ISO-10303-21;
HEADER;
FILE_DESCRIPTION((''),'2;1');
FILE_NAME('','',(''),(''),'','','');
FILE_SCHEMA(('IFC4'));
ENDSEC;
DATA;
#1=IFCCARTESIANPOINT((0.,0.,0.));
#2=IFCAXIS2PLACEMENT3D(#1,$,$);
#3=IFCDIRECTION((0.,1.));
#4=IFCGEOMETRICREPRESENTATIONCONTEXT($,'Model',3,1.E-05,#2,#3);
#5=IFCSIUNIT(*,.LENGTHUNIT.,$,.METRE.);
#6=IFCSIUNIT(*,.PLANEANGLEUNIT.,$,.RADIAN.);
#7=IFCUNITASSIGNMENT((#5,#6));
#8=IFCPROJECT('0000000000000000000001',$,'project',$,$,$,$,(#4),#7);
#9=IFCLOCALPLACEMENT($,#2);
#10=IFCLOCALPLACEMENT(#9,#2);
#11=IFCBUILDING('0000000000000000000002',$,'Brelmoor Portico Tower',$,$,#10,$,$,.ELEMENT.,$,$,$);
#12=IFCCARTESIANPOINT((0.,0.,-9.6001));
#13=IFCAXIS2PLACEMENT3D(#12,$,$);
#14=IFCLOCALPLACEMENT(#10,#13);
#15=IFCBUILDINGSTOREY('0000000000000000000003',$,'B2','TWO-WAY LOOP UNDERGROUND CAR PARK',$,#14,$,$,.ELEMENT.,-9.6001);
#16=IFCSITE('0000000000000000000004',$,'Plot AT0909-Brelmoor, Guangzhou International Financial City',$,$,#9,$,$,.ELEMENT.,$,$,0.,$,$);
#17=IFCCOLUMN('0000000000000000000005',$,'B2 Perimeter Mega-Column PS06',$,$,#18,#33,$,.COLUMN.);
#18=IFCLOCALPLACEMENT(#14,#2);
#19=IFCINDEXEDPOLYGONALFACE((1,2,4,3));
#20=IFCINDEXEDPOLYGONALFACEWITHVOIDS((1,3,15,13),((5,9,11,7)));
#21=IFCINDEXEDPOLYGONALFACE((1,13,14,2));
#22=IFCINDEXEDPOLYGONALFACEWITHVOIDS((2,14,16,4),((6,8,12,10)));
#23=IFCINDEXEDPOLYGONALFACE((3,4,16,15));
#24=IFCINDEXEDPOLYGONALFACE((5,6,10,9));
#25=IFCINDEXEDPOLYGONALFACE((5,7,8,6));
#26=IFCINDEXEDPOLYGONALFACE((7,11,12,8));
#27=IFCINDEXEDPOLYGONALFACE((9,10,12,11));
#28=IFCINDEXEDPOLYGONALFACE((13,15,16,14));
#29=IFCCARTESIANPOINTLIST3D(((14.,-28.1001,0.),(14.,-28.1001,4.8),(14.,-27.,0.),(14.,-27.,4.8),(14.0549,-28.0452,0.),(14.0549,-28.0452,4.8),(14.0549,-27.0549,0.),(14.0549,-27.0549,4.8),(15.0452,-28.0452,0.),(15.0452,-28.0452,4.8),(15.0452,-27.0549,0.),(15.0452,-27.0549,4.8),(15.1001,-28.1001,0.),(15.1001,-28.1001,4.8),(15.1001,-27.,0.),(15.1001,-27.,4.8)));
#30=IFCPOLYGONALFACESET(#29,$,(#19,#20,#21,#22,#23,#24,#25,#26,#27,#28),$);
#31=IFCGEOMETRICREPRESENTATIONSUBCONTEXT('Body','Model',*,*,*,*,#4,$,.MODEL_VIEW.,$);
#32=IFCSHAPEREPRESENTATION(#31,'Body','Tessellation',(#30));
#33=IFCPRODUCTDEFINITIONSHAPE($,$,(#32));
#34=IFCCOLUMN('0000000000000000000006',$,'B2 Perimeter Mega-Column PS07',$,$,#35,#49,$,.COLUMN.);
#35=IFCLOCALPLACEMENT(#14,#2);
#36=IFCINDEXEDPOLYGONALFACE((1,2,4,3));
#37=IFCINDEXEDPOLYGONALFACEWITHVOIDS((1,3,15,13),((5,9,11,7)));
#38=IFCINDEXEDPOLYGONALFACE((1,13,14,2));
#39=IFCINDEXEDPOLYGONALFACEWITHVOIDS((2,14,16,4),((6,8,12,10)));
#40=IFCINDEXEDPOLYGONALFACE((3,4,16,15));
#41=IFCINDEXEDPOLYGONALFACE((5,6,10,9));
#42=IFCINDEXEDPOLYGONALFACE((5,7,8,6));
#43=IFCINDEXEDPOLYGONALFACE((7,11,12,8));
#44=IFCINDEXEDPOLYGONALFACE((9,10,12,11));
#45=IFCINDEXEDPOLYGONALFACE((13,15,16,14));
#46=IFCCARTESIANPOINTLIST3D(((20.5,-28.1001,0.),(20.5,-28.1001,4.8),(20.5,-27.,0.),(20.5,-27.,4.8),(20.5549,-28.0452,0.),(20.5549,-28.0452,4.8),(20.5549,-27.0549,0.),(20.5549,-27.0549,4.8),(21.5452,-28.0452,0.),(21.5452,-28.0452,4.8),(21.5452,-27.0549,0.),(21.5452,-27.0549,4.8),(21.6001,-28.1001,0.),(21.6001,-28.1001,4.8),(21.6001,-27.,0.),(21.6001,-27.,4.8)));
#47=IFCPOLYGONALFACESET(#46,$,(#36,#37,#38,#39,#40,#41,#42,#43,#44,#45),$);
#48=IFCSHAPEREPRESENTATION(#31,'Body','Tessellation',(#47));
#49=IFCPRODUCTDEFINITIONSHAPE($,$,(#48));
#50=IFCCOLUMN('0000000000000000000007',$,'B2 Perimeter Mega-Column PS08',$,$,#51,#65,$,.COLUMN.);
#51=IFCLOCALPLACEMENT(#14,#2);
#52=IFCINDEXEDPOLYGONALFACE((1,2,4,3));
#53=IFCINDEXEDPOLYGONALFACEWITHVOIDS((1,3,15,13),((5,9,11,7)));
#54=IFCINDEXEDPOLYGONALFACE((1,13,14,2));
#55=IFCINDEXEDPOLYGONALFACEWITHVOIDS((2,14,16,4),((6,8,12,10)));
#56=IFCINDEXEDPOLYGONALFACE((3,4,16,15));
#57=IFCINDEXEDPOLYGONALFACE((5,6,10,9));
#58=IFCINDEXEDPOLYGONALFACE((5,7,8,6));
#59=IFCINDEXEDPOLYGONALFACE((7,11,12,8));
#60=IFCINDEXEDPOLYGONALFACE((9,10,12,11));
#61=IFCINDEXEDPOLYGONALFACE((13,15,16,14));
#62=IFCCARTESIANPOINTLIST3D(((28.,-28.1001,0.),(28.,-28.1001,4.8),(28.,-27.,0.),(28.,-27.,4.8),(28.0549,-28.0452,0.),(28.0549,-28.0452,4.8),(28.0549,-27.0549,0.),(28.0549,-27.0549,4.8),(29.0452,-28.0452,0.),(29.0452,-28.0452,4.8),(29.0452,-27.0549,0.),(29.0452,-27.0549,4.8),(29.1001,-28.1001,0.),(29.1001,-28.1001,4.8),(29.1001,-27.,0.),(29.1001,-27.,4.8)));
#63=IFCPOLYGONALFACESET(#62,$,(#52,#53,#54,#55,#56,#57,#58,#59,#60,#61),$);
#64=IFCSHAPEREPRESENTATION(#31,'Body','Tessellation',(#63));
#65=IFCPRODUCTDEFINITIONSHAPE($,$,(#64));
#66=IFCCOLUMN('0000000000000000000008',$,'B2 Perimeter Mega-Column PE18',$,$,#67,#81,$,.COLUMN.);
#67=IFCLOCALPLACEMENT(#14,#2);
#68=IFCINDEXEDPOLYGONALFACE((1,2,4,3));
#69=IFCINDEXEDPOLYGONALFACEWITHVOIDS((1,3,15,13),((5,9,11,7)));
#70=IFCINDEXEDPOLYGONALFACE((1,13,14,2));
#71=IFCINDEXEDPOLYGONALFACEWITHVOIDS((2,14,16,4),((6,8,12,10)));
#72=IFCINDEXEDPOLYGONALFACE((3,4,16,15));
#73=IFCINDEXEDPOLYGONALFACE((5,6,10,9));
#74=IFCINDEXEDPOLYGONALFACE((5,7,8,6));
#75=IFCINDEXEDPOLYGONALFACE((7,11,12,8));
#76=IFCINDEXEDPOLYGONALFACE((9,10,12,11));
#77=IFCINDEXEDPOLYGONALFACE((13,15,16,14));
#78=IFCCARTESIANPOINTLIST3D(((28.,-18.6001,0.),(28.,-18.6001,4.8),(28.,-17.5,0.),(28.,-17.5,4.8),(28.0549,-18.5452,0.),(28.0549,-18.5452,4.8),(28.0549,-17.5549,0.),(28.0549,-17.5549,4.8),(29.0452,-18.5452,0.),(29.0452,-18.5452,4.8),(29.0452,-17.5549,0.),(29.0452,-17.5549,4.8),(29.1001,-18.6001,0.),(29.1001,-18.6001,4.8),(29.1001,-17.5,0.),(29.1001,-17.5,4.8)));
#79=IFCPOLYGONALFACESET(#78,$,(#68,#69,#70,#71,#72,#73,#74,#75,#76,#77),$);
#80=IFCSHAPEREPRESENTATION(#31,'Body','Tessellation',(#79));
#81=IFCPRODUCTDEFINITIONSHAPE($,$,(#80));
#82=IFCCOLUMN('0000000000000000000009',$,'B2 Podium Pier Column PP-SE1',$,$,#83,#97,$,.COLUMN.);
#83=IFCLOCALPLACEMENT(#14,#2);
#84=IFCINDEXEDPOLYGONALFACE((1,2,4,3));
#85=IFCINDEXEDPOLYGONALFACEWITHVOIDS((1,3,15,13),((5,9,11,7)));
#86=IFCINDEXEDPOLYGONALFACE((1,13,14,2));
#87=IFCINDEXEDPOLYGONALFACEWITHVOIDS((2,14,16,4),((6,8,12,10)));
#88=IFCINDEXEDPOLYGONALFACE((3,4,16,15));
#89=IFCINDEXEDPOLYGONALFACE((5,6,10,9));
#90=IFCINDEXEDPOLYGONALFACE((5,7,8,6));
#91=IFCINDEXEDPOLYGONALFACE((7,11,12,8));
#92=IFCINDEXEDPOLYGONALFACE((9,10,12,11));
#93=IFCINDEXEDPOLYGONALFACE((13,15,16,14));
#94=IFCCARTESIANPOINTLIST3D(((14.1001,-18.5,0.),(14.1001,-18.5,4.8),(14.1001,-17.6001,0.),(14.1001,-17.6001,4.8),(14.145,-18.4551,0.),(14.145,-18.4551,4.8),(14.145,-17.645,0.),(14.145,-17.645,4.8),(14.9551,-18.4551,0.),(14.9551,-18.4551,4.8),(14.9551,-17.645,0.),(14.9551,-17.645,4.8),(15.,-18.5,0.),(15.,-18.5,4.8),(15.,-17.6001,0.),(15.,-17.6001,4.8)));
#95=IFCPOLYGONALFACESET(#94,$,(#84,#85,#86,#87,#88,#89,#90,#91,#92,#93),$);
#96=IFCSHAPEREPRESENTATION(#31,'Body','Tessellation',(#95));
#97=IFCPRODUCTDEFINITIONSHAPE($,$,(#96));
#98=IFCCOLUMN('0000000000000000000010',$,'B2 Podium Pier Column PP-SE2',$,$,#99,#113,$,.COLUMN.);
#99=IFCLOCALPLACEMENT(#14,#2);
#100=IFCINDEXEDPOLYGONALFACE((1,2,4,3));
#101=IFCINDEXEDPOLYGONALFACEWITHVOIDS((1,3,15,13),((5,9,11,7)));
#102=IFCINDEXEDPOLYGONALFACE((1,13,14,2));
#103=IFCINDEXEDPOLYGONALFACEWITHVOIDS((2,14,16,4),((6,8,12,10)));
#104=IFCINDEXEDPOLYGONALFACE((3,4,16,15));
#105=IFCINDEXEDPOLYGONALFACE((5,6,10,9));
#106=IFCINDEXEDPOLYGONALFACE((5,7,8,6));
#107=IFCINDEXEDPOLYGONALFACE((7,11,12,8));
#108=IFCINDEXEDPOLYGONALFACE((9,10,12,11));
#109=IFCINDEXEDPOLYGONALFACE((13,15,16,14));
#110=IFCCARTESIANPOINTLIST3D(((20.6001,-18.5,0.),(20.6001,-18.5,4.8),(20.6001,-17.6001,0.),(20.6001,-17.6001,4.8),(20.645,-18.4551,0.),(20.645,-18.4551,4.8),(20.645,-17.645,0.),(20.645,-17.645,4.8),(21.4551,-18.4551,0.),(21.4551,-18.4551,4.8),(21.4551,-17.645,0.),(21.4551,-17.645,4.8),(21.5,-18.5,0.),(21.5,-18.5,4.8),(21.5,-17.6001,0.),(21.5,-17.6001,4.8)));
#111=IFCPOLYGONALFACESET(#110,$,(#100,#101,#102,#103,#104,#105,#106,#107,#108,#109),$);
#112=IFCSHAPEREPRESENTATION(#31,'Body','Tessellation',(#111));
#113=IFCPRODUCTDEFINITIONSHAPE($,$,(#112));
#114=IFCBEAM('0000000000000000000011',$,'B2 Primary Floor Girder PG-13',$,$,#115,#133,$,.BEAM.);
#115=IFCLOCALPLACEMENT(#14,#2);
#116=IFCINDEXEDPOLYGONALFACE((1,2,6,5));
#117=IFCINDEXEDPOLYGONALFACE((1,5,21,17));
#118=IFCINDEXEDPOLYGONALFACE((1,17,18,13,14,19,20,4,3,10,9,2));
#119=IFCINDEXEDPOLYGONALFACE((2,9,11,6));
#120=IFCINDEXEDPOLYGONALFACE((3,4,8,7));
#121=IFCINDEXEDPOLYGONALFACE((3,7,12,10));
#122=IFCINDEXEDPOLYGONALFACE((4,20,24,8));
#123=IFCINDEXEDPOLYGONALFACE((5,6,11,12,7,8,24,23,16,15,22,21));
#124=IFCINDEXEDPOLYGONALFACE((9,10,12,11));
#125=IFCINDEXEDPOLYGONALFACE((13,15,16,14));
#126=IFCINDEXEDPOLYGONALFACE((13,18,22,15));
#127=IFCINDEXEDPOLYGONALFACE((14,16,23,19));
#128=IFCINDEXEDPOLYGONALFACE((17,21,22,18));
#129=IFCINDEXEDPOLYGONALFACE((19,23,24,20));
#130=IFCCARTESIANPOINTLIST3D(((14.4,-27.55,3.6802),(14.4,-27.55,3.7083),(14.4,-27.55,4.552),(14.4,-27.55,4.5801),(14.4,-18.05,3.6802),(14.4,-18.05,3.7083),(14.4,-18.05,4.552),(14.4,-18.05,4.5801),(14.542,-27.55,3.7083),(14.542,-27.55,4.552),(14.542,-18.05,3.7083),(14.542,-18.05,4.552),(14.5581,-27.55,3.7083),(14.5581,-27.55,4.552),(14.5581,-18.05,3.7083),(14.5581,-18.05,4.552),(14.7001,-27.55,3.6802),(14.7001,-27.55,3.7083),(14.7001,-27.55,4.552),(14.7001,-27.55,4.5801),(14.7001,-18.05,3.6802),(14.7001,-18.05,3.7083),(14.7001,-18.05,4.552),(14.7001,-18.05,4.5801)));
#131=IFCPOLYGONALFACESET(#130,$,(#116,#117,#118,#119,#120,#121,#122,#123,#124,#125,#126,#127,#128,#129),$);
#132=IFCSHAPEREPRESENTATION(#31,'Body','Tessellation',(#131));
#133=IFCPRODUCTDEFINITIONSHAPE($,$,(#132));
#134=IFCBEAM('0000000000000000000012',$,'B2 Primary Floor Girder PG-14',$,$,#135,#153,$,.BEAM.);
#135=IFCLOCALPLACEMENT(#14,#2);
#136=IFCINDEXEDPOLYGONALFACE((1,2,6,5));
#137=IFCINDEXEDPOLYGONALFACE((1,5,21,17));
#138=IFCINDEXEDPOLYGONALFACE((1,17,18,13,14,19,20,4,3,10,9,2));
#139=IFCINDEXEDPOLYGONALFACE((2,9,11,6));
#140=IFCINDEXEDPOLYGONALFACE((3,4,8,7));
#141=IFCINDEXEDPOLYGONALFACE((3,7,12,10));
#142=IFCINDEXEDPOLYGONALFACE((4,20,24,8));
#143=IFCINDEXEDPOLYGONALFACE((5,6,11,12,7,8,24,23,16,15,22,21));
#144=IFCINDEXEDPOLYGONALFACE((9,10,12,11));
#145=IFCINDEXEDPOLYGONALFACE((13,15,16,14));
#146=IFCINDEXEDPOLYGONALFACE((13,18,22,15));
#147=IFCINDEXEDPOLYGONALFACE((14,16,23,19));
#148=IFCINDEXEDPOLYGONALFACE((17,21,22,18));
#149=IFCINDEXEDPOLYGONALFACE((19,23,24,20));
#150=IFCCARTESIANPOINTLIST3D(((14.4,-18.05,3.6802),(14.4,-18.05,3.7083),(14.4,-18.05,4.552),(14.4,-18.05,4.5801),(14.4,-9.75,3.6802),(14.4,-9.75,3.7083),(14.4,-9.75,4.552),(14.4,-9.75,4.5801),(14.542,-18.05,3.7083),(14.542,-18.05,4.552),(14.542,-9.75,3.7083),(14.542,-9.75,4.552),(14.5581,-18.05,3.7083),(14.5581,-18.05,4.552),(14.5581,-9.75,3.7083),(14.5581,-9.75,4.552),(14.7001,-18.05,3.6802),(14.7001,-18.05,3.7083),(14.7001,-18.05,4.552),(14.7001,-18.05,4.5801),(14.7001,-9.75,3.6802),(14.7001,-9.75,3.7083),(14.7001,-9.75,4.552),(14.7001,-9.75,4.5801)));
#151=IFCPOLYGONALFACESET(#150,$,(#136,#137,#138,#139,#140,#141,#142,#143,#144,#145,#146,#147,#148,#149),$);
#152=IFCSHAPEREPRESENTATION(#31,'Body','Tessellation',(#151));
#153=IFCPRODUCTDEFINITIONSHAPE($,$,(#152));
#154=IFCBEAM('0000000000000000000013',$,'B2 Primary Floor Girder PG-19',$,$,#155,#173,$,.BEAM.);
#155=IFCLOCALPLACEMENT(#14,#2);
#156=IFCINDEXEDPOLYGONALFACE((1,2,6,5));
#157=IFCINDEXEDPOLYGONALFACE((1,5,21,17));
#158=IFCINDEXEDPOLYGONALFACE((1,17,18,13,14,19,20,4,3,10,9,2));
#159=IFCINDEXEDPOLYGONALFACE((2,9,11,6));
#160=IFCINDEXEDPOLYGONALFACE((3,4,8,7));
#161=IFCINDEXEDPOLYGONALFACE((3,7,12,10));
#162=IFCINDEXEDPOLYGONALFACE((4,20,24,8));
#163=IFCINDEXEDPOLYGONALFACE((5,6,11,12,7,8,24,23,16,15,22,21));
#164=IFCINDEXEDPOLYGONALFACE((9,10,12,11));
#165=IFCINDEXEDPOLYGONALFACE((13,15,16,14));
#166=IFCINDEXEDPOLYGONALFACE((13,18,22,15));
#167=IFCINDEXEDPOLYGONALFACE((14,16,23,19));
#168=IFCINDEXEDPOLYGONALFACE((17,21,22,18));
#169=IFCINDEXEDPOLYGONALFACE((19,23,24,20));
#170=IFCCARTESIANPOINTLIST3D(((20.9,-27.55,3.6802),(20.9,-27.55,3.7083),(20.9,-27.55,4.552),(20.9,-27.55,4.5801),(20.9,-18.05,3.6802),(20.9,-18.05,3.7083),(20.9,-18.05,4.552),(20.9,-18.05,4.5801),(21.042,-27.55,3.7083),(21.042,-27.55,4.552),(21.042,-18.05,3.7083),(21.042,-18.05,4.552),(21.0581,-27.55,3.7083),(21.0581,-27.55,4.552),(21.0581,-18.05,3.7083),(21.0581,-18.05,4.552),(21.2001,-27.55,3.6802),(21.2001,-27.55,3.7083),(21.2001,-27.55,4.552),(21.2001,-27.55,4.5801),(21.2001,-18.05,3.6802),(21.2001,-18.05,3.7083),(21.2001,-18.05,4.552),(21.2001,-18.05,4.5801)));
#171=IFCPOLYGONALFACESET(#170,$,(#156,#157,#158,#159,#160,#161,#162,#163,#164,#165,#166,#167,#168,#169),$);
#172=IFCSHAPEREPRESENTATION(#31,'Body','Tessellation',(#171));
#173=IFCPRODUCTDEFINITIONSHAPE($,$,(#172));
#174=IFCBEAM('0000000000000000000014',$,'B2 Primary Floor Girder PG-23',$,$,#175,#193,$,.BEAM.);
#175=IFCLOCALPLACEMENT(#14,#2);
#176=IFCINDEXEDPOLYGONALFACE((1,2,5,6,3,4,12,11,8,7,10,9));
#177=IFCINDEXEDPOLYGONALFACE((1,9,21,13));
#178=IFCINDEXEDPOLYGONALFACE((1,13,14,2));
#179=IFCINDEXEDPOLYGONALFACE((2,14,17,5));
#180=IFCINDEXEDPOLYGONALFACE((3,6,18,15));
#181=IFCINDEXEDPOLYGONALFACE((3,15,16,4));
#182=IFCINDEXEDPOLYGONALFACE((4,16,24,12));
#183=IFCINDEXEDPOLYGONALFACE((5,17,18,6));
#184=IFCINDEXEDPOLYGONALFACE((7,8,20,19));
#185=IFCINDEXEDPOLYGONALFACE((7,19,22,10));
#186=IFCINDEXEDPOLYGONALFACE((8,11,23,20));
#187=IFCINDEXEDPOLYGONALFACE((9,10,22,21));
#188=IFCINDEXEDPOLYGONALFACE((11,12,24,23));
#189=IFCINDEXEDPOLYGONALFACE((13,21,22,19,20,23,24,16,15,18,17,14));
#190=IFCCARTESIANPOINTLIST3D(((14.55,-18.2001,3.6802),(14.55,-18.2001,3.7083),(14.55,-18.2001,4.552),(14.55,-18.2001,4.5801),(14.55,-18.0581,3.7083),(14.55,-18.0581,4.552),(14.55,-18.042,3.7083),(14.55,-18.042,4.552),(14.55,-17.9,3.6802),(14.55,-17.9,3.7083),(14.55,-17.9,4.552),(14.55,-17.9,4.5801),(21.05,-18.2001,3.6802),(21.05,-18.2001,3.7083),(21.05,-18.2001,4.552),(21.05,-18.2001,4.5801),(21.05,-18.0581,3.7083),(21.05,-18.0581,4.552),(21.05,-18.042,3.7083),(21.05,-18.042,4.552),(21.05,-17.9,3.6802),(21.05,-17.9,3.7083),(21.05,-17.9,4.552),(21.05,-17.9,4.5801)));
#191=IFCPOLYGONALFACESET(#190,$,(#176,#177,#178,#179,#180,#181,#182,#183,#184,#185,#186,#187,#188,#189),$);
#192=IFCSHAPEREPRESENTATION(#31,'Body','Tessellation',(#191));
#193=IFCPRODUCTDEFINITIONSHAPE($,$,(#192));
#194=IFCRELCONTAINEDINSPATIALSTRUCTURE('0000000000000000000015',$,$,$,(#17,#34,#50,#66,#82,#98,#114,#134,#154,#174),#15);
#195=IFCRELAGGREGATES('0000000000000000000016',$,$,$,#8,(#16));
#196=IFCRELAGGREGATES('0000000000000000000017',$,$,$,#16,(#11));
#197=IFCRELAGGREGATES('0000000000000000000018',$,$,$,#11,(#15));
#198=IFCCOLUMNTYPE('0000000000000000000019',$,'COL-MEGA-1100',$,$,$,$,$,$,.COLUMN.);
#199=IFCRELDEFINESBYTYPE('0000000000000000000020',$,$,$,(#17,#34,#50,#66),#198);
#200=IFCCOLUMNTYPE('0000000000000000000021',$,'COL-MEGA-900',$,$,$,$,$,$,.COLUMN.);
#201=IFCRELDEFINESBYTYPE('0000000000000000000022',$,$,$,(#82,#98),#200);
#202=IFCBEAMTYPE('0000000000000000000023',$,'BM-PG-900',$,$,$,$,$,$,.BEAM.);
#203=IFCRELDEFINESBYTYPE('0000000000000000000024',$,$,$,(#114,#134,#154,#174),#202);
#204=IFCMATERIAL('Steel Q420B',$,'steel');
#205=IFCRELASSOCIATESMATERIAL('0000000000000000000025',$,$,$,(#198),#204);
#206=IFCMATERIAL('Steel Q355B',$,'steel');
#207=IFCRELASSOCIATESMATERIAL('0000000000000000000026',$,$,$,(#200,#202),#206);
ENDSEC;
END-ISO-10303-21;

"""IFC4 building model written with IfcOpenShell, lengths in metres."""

from ifc_helpers import new_model, si_unit, direction, frame, origin, origin_2d, place, context, subcontext, project, spatial, hollow_rectangle, i_section, extrude, material, material_profile, profile_set, type_object, element, save


model = new_model("IFC4")

# Units and contexts
model_context = context("Model", 3, precision=1e-05, world=origin(), true_north=direction((0.0, 1.0)))
body_context = subcontext(model_context, "Body", "Model", "MODEL_VIEW")
ifc_project = project(units=[si_unit("LENGTHUNIT", "METRE"), si_unit("PLANEANGLEUNIT", "RADIAN")], contexts=[model_context])

# Site, building, storey
site_placement = place(None, origin())
site = spatial("IfcSite", under=ifc_project, at=site_placement, Name="Plot AT0909-Brelmoor, Guangzhou International Financial City", CompositionType="ELEMENT", RefElevation=0.0)
building_placement = place(site_placement, origin())
building = spatial("IfcBuilding", under=site, at=building_placement, Name="Brelmoor Portico Tower", CompositionType="ELEMENT")
storey_placement = place(building_placement, frame((0.0, 0.0, -9.6001)))
storey = spatial("IfcBuildingStorey", under=building, at=storey_placement, Name="B2", Description="TWO-WAY LOOP UNDERGROUND CAR PARK", CompositionType="ELEMENT", Elevation=-9.6001)

# Columns
ifc_material_1 = material(Name="Steel Q420B", Category="steel")
ifc_material_profile_1 = material_profile(ifc_material_1, hollow_rectangle(XDim=1.1001, YDim=1.1001, WallThickness=0.0549, at=origin_2d()), Name="BOX 1100x1100x55")
ifc_profile_set_1 = profile_set([ifc_material_profile_1], Name="Steel Q420B")
column_type_1 = type_object("IfcColumnType", Name="COL-MEGA-1100", PredefinedType="COLUMN", material=ifc_profile_set_1)
for number, where, z_axis, x_axis, name in (
    (1, (14.55, -27.55, 0.0), (0.0, 0.0, 1.0), (1.0, 0.0, 0.0), "B2 Perimeter Mega-Column PS06"),
    (2, (21.05, -27.55, 0.0), (0.0, 0.0, 1.0), (1.0, 0.0, 0.0), "B2 Perimeter Mega-Column PS07"),
    (3, (28.55, -27.55, 0.0), (0.0, 0.0, 1.0), (1.0, 0.0, 0.0), "B2 Perimeter Mega-Column PS08"),
    (4, (28.55, -18.05, 0.0), (0.0, 0.0, 1.0), (0.0, 1.0, 0.0), "B2 Perimeter Mega-Column PE18"),
):
    element("IfcColumn", number, at=place(storey_placement, frame(where, z_axis=z_axis, x_axis=x_axis)), inside=storey, type_object=column_type_1, Name=name, PredefinedType="COLUMN", context=body_context, shape_type="SweptSolid", body=[
        extrude(hollow_rectangle(XDim=1.1001, YDim=1.1001, WallThickness=0.0549, at=origin_2d()), origin(), (0.0, 0.0, 1.0), 4.8),
    ])
ifc_material_2 = material(Name="Steel Q355B", Category="steel")
ifc_material_profile_2 = material_profile(ifc_material_2, hollow_rectangle(XDim=0.8999, YDim=0.8999, WallThickness=0.0449, at=origin_2d()), Name="BOX 900x900x45")
ifc_profile_set_2 = profile_set([ifc_material_profile_2], Name="Steel Q355B")
column_type_2 = type_object("IfcColumnType", Name="COL-MEGA-900", PredefinedType="COLUMN", material=ifc_profile_set_2)
for number, where, z_axis, x_axis, name in (
    (5, (14.55, -18.05, 0.0), (0.0, 0.0, 1.0), (1.0, 0.0, 0.0), "B2 Podium Pier Column PP-SE1"),
    (6, (21.05, -18.05, 0.0), (0.0, 0.0, 1.0), (1.0, 0.0, 0.0), "B2 Podium Pier Column PP-SE2"),
):
    element("IfcColumn", number, at=place(storey_placement, frame(where, z_axis=z_axis, x_axis=x_axis)), inside=storey, type_object=column_type_2, Name=name, PredefinedType="COLUMN", context=body_context, shape_type="SweptSolid", body=[
        extrude(hollow_rectangle(XDim=0.8999, YDim=0.8999, WallThickness=0.0449, at=origin_2d()), origin(), (0.0, 0.0, 1.0), 4.8),
    ])

# Beams
ifc_material_profile_3 = material_profile(ifc_material_2, i_section(OverallWidth=0.3, OverallDepth=0.8999, WebThickness=0.0161, FlangeThickness=0.0281, at=origin_2d()), Name="HN 900x300x16x28")
ifc_profile_set_3 = profile_set([ifc_material_profile_3], Name="Steel Q355B")
beam_type = type_object("IfcBeamType", Name="BM-PG-900", PredefinedType="BEAM", material=ifc_profile_set_3)
beam_1_placement = place(storey_placement, frame((14.55, -27.55, 4.1301), z_axis=(0.0, 1.0, 0.0), x_axis=(-1.0, 0.0, 0.0)))
element("IfcBeam", 7, at=beam_1_placement, inside=storey, type_object=beam_type, Name="B2 Primary Floor Girder PG-13", PredefinedType="BEAM", context=body_context, shape_type="SweptSolid", body=[
    extrude(i_section(OverallWidth=0.3, OverallDepth=0.8999, WebThickness=0.0161, FlangeThickness=0.0281, at=origin_2d()), origin(), (0.0, 0.0, 1.0), 9.5),
])
beam_2_placement = place(storey_placement, frame((14.55, -18.05, 4.1301), z_axis=(0.0, 1.0, 0.0), x_axis=(-1.0, 0.0, 0.0)))
element("IfcBeam", 8, at=beam_2_placement, inside=storey, type_object=beam_type, Name="B2 Primary Floor Girder PG-14", PredefinedType="BEAM", context=body_context, shape_type="SweptSolid", body=[
    extrude(i_section(OverallWidth=0.3, OverallDepth=0.8999, WebThickness=0.0161, FlangeThickness=0.0281, at=origin_2d()), origin(), (0.0, 0.0, 1.0), 8.3),
])
beam_3_placement = place(storey_placement, frame((21.05, -27.55, 4.1301), z_axis=(0.0, 1.0, 0.0), x_axis=(-1.0, 0.0, 0.0)))
element("IfcBeam", 9, at=beam_3_placement, inside=storey, type_object=beam_type, Name="B2 Primary Floor Girder PG-19", PredefinedType="BEAM", context=body_context, shape_type="SweptSolid", body=[
    extrude(i_section(OverallWidth=0.3, OverallDepth=0.8999, WebThickness=0.0161, FlangeThickness=0.0281, at=origin_2d()), origin(), (0.0, 0.0, 1.0), 9.5),
])
beam_4_placement = place(storey_placement, frame((14.55, -18.05, 4.1301), z_axis=(1.0, 0.0, 0.0), x_axis=(0.0, 1.0, 0.0)))
element("IfcBeam", 10, at=beam_4_placement, inside=storey, type_object=beam_type, Name="B2 Primary Floor Girder PG-23", PredefinedType="BEAM", context=body_context, shape_type="SweptSolid", body=[
    extrude(i_section(OverallWidth=0.3, OverallDepth=0.8999, WebThickness=0.0161, FlangeThickness=0.0281, at=origin_2d()), origin(), (0.0, 0.0, 1.0), 6.5),
])

save(model, "model.ifc")
